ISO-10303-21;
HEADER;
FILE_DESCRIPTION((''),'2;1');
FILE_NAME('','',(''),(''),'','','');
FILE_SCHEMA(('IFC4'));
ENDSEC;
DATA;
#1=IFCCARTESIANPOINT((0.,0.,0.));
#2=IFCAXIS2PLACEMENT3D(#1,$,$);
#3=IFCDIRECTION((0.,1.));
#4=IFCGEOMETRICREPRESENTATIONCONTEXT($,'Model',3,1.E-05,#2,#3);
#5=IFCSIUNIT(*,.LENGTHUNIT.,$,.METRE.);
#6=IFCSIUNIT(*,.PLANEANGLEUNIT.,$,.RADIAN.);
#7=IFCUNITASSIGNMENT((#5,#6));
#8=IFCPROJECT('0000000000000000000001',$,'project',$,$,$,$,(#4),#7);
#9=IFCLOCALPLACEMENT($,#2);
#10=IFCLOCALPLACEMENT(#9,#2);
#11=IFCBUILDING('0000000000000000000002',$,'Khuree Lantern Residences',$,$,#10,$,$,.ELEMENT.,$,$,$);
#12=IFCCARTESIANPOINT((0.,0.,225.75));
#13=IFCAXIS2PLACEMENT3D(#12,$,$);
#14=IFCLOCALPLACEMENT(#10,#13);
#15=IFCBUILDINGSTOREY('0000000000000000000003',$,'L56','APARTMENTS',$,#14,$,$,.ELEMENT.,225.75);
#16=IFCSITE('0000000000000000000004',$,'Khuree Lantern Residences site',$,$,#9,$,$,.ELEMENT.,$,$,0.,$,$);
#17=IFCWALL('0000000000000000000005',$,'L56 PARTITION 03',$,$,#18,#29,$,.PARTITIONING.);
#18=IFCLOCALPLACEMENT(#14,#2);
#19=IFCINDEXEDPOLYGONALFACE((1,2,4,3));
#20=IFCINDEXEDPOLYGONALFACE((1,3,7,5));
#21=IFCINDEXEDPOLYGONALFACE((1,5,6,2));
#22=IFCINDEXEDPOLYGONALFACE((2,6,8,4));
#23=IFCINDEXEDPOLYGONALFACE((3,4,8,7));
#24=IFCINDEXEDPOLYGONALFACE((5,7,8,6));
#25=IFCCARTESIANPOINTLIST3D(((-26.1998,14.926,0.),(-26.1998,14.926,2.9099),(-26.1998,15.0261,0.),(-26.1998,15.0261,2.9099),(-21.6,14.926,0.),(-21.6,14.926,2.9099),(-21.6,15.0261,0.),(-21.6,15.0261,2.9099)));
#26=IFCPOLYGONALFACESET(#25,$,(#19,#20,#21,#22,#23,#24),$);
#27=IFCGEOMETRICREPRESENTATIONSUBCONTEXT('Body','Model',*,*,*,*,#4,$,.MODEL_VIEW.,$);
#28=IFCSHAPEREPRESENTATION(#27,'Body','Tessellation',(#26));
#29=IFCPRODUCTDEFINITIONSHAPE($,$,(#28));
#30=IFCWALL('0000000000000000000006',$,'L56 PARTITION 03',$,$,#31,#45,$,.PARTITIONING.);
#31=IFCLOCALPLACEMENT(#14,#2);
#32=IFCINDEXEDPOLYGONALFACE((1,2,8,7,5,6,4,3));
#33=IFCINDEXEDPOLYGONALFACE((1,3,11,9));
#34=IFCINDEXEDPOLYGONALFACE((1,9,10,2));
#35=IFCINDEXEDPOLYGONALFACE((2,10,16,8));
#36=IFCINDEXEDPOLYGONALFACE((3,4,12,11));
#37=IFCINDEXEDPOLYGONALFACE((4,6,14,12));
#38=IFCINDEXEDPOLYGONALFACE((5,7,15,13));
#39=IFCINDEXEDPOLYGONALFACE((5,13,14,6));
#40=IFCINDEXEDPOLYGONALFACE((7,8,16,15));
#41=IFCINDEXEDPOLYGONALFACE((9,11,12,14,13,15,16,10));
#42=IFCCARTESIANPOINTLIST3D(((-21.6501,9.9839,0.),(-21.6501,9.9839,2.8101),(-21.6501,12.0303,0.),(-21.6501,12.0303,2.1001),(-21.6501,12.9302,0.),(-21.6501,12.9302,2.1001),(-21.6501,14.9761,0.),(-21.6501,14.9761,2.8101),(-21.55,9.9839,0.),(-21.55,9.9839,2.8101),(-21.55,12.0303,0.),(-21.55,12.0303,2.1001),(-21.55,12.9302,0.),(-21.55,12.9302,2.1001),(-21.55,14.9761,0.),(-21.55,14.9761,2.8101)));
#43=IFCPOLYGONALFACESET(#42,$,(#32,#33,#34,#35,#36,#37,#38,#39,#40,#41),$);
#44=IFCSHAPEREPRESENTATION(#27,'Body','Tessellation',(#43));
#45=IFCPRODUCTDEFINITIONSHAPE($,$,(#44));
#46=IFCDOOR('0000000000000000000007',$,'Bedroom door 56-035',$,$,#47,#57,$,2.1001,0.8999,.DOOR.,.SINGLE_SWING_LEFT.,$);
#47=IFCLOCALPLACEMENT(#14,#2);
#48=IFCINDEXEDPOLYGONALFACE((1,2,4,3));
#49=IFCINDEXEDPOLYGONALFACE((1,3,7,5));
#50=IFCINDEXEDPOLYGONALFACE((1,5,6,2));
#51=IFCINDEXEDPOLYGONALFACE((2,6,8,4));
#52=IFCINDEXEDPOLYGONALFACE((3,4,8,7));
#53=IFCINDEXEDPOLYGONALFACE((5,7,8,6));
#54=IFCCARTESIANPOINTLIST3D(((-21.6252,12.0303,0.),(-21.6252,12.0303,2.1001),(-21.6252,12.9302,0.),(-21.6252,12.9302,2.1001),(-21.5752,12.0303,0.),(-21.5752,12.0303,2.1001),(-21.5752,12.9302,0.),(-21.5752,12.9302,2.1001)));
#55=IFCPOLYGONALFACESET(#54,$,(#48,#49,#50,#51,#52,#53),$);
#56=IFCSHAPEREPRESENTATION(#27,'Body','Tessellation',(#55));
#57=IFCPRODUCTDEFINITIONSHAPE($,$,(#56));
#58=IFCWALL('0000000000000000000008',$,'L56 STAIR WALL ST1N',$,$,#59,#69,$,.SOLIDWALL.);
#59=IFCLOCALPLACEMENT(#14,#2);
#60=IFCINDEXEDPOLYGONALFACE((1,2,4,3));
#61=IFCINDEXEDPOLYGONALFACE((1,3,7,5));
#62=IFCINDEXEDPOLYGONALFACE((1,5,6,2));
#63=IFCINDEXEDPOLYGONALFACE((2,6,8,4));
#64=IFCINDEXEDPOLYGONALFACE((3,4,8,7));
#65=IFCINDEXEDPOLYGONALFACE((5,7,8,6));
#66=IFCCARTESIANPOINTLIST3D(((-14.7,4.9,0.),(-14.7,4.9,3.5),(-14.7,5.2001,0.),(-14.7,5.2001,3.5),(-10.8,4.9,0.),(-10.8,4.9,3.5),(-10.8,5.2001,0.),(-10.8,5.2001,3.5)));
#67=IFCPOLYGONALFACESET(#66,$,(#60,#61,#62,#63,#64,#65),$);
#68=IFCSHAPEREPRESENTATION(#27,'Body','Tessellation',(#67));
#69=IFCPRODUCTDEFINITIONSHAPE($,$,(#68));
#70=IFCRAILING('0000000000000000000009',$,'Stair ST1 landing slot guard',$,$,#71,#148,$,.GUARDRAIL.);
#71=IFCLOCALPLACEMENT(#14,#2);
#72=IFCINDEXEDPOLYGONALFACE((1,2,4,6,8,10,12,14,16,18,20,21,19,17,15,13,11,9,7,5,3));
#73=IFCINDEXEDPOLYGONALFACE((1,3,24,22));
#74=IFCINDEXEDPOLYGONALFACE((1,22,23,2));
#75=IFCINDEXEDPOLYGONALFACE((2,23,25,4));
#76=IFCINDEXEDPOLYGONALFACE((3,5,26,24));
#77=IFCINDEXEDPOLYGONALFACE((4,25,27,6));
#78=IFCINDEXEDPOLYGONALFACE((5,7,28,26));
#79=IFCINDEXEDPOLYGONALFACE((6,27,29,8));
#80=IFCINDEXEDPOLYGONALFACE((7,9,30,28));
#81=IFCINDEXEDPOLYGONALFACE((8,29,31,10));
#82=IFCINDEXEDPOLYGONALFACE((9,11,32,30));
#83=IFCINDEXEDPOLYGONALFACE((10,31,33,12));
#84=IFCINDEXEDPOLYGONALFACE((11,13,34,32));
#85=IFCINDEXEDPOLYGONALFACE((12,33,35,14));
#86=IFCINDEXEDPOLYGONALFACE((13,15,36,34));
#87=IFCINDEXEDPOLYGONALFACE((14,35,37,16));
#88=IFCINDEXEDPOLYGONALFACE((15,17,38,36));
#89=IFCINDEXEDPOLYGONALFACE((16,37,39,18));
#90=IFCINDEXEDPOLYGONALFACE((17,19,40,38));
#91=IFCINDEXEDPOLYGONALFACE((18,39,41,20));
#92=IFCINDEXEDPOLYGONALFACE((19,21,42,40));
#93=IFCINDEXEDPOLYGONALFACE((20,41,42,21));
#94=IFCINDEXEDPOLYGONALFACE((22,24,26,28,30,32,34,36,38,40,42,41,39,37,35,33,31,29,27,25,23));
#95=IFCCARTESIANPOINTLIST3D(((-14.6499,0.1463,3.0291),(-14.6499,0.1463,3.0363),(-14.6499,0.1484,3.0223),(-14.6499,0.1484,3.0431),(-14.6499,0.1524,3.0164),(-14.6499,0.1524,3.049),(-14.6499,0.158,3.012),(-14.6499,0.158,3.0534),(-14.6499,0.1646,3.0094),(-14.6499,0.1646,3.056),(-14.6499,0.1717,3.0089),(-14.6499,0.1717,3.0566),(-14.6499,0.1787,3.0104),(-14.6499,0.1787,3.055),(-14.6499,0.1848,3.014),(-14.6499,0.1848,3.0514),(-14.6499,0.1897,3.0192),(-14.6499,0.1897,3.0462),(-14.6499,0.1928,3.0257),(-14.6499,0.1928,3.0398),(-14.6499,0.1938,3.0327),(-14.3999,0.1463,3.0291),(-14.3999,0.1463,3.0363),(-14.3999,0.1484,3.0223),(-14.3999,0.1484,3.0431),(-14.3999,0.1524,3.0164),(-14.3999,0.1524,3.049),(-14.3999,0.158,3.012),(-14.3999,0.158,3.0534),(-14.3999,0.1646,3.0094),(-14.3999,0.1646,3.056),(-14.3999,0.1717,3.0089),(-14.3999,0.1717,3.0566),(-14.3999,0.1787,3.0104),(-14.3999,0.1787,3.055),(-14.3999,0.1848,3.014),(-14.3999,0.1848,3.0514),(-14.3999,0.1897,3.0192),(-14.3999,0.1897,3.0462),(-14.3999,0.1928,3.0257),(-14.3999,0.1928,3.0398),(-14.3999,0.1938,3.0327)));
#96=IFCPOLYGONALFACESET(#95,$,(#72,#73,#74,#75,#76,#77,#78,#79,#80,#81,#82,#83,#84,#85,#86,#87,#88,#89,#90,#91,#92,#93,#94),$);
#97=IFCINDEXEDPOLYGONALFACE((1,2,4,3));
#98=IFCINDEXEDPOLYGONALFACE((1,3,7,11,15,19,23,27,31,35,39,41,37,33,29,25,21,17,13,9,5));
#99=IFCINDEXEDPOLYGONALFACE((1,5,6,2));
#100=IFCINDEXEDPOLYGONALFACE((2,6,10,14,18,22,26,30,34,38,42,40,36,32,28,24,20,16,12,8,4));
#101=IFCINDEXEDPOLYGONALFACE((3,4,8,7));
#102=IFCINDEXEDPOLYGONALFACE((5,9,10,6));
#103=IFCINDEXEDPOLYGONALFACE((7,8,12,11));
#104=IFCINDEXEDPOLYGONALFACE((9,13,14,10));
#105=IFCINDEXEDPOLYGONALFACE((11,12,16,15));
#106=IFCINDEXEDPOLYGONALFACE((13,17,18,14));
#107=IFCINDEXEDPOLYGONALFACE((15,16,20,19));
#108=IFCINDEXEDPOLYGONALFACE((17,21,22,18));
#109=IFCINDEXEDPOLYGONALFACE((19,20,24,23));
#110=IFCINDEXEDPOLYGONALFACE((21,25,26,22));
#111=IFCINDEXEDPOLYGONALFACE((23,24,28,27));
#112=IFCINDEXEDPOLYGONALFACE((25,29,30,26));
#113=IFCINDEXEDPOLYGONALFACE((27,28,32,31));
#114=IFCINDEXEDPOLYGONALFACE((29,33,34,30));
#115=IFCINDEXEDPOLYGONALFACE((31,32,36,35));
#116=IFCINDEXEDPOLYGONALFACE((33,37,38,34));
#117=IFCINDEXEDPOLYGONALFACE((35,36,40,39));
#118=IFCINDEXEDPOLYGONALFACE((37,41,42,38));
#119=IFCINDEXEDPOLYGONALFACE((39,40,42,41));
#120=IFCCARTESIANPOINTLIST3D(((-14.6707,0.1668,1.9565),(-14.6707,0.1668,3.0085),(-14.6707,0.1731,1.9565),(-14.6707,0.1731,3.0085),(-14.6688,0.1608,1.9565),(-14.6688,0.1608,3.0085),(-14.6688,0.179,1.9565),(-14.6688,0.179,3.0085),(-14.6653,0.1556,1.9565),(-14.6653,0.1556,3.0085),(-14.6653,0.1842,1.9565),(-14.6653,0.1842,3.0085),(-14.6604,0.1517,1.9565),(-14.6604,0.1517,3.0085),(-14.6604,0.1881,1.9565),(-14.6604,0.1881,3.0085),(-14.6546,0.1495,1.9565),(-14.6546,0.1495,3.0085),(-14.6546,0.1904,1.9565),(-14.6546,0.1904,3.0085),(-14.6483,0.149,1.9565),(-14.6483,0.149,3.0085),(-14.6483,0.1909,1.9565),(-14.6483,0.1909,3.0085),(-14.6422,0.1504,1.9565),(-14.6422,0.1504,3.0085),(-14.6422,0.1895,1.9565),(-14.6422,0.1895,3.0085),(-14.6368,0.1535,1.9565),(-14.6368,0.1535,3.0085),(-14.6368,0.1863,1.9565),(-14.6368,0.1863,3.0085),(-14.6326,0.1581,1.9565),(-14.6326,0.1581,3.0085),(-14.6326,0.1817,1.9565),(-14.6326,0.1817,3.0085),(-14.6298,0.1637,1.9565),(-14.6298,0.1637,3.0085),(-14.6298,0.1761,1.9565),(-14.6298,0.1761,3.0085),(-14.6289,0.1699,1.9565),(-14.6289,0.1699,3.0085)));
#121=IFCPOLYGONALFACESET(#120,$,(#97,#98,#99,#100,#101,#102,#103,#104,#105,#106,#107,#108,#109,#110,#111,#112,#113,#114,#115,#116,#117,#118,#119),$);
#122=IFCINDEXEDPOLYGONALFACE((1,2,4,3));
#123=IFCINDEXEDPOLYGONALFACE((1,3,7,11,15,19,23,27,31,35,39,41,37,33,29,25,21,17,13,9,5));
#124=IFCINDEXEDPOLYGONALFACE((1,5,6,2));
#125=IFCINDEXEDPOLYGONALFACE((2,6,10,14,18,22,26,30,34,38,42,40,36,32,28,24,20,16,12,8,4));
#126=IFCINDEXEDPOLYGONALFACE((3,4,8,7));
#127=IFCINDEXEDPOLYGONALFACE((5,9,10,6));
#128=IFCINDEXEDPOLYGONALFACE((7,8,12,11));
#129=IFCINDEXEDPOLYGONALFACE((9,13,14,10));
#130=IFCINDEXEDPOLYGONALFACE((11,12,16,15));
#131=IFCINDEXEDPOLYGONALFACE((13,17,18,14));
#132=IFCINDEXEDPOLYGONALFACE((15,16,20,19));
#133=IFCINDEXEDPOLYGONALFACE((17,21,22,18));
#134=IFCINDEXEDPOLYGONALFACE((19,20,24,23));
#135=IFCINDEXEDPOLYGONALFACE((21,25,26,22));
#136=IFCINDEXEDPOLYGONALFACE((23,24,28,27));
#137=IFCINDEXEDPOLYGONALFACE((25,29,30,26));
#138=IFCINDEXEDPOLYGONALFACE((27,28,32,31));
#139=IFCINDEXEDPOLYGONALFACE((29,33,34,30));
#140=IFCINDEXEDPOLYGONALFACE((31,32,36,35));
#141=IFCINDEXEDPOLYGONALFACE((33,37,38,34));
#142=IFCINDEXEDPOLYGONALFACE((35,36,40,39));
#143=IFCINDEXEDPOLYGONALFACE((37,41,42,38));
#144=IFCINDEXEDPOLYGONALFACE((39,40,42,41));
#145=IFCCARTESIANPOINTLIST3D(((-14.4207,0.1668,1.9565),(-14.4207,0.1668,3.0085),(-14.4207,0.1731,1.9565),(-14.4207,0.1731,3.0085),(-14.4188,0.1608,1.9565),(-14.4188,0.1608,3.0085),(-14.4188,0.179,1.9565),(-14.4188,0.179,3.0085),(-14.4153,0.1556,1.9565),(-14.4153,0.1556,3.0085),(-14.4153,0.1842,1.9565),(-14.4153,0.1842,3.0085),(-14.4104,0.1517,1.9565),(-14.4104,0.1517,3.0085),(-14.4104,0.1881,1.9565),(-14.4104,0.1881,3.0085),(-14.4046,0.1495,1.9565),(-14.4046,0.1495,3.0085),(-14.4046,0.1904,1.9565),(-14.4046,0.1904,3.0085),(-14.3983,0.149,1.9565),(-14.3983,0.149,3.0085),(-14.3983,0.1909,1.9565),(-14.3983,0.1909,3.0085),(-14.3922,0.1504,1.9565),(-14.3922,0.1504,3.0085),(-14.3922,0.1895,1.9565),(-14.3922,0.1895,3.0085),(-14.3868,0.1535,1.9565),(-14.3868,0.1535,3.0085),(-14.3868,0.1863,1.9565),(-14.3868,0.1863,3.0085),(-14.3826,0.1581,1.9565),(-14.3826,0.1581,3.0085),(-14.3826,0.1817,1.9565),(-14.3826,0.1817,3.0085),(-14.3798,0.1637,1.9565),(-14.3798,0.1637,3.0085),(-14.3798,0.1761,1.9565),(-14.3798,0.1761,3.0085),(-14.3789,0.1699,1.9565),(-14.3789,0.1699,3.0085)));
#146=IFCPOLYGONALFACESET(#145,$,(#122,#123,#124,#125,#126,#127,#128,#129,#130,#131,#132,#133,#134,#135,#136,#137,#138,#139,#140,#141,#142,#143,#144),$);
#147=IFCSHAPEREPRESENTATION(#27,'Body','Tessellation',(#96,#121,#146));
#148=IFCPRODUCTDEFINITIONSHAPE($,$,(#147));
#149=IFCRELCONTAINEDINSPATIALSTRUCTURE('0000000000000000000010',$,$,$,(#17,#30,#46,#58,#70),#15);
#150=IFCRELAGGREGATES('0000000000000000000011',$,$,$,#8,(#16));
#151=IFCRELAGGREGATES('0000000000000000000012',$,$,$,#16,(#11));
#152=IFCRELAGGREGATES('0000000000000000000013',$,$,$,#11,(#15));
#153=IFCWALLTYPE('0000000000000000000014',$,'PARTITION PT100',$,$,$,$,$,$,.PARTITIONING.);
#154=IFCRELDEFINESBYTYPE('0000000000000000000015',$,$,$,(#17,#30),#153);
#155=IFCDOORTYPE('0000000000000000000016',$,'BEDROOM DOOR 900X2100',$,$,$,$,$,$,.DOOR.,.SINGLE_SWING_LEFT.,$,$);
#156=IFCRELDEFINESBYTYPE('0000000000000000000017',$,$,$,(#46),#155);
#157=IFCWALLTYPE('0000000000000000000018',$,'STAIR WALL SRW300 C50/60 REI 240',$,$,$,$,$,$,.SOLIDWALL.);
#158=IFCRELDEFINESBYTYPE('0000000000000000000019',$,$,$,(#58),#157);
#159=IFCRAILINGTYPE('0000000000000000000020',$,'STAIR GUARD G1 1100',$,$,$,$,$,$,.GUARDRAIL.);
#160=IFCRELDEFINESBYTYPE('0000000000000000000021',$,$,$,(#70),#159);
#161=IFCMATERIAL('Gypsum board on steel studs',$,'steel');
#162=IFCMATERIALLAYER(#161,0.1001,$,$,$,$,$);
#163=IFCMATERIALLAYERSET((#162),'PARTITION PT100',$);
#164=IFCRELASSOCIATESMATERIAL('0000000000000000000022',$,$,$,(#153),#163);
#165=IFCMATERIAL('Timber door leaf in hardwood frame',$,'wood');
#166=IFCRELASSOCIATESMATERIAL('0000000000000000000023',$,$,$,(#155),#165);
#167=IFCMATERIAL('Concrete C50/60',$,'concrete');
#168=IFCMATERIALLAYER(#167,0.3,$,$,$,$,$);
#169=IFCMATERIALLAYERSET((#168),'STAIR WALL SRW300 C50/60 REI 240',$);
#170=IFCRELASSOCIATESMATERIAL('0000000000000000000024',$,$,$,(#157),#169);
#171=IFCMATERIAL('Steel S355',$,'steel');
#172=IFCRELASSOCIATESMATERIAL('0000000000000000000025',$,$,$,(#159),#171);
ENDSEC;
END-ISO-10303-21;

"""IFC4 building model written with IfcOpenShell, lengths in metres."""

from ifc_helpers import new_model, si_unit, direction, frame, frame_2d, origin, origin_2d, place, context, subcontext, project, spatial, rectangle, circle, extrude, material, layer, layer_set, type_object, element, fill, save


model = new_model("IFC4")

# Units and contexts
model_context = context("Model", 3, precision=1e-05, world=origin(), true_north=direction((0.0, 1.0)))
body_context = subcontext(model_context, "Body", "Model", "MODEL_VIEW")
ifc_project = project(units=[si_unit("LENGTHUNIT", "METRE"), si_unit("PLANEANGLEUNIT", "RADIAN")], contexts=[model_context])

# Site, building, storey
site_placement = place(None, origin())
site = spatial("IfcSite", under=ifc_project, at=site_placement, Name="Khuree Lantern Residences site", CompositionType="ELEMENT", RefElevation=0.0)
building_placement = place(site_placement, origin())
building = spatial("IfcBuilding", under=site, at=building_placement, Name="Khuree Lantern Residences", CompositionType="ELEMENT")
storey_placement = place(building_placement, frame((0.0, 0.0, 225.75)))
storey = spatial("IfcBuildingStorey", under=building, at=storey_placement, Name="L56", Description="APARTMENTS", CompositionType="ELEMENT", Elevation=225.75)

# Shared definitions
ifc_material_1 = material(Name="Concrete C50/60", Category="concrete")

# Shared definitions
ifc_material_2 = material(Name="Timber door leaf in hardwood frame", Category="wood")

# Shared definitions
ifc_material_3 = material(Name="Gypsum board on steel studs", Category="steel")

# Wall
ifc_layer_1 = layer(ifc_material_3, 0.1001)
ifc_layer_set_1 = layer_set([ifc_layer_1], Name="PARTITION PT100")
wall_type_1 = type_object("IfcWallType", Name="PARTITION PT100", PredefinedType="PARTITIONING", material=ifc_layer_set_1)
wall_1_placement = place(storey_placement, frame((-21.6001, 14.9761, 0.0), z_axis=(0.0, 0.0, 1.0), x_axis=(-1.0, 0.0, 0.0)))
element("IfcWall", 1, at=wall_1_placement, inside=storey, type_object=wall_type_1, Name="L56 PARTITION 03", PredefinedType="PARTITIONING", context=body_context, shape_type="SweptSolid", body=[
    extrude(rectangle(XDim=4.5999, YDim=0.1001, at=frame_2d((2.2998, 0.0))), origin(), (0.0, 0.0, 1.0), 2.9099),
])

# Wall, opening, door
wall_2_placement = place(storey_placement, frame((-21.6001, 14.9761, 0.0), z_axis=(0.0, 0.0, 1.0), x_axis=(0.0, -1.0, 0.0)))
wall_2 = element("IfcWall", 2, at=wall_2_placement, inside=storey, type_object=wall_type_1, Name="L56 PARTITION 03", PredefinedType="PARTITIONING", context=body_context, shape_type="SweptSolid", body=[
    extrude(rectangle(XDim=4.9922, YDim=0.1001, at=frame_2d((2.4961, 0.0))), origin(), (0.0, 0.0, 1.0), 2.8101),
])
opening_1_placement = place(wall_2_placement, frame((2.0459, 0.0, 0.0)))
opening_1 = element("IfcOpeningElement", 3, at=opening_1_placement, cuts=wall_2, PredefinedType="OPENING", context=body_context, shape_type="SweptSolid", body=[
    extrude(rectangle(XDim=0.8999, YDim=2.1001, at=frame_2d((0.45, 1.05))), frame((0.0, 0.0601, 0.0), z_axis=(0.0, -1.0, 0.0), x_axis=(1.0, 0.0, 0.0)), (0.0, 0.0, 1.0), 0.1201),
])
door_type_1 = type_object("IfcDoorType", Name="BEDROOM DOOR 900X2100", OperationType="SINGLE_SWING_LEFT", PredefinedType="DOOR", material=ifc_material_2)
door_1_placement = place(opening_1_placement, origin())
door_1 = element("IfcDoor", 4, at=door_1_placement, inside=storey, type_object=door_type_1, Name="Bedroom door 56-035", OperationType="SINGLE_SWING_LEFT", OverallHeight=2.1001, OverallWidth=0.8999, PredefinedType="DOOR", context=body_context, shape_type="SweptSolid", body=[
    extrude(rectangle(XDim=0.8999, YDim=2.1001, at=frame_2d((0.45, 1.05))), frame((0.0, 0.0249, 0.0), z_axis=(0.0, -1.0, 0.0), x_axis=(1.0, 0.0, 0.0)), (0.0, 0.0, 1.0), 0.05),
])
fill(opening_1, door_1)

# Wall
ifc_layer_2 = layer(ifc_material_1, 0.3)
ifc_layer_set_2 = layer_set([ifc_layer_2], Name="STAIR WALL SRW300 C50/60 REI 240")
wall_type_2 = type_object("IfcWallType", Name="STAIR WALL SRW300 C50/60 REI 240", PredefinedType="SOLIDWALL", material=ifc_layer_set_2)
wall_3_placement = place(storey_placement, frame((-14.7, 5.05, 0.0), z_axis=(0.0, 0.0, 1.0), x_axis=(1.0, 0.0, 0.0)))
element("IfcWall", 5, at=wall_3_placement, inside=storey, type_object=wall_type_2, Name="L56 STAIR WALL ST1N", PredefinedType="SOLIDWALL", context=body_context, shape_type="SweptSolid", body=[
    extrude(rectangle(XDim=3.8999, YDim=0.3, at=frame_2d((1.95, 0.0))), origin(), (0.0, 0.0, 1.0), 3.5),
])

# Railing
ifc_material_4 = material(Name="Steel S355", Category="steel")
railing_type = type_object("IfcRailingType", Name="STAIR GUARD G1 1100", PredefinedType="GUARDRAIL", material=ifc_material_4)
railing_placement = place(storey_placement, frame((-14.6499, 0.1699, 1.9565)))
element("IfcRailing", 6, at=railing_placement, inside=storey, type_object=railing_type, Name="Stair ST1 landing slot guard", PredefinedType="GUARDRAIL", context=body_context, shape_type="SweptSolid", body=[
    extrude(circle(Radius=0.0239, at=origin_2d()), frame((0.0, 0.0, 1.0762), z_axis=(1.0, 0.0, 0.0), x_axis=(0.0, 1.0, 0.0)), (0.0, 0.0, 1.0), 0.25),
    extrude(circle(Radius=0.021, at=origin_2d()), origin(), (0.0, 0.0, 1.0), 1.052),
    extrude(circle(Radius=0.021, at=origin_2d()), frame((0.25, 0.0, 0.0)), (0.0, 0.0, 1.0), 1.052),
])

save(model, "model.ifc")
